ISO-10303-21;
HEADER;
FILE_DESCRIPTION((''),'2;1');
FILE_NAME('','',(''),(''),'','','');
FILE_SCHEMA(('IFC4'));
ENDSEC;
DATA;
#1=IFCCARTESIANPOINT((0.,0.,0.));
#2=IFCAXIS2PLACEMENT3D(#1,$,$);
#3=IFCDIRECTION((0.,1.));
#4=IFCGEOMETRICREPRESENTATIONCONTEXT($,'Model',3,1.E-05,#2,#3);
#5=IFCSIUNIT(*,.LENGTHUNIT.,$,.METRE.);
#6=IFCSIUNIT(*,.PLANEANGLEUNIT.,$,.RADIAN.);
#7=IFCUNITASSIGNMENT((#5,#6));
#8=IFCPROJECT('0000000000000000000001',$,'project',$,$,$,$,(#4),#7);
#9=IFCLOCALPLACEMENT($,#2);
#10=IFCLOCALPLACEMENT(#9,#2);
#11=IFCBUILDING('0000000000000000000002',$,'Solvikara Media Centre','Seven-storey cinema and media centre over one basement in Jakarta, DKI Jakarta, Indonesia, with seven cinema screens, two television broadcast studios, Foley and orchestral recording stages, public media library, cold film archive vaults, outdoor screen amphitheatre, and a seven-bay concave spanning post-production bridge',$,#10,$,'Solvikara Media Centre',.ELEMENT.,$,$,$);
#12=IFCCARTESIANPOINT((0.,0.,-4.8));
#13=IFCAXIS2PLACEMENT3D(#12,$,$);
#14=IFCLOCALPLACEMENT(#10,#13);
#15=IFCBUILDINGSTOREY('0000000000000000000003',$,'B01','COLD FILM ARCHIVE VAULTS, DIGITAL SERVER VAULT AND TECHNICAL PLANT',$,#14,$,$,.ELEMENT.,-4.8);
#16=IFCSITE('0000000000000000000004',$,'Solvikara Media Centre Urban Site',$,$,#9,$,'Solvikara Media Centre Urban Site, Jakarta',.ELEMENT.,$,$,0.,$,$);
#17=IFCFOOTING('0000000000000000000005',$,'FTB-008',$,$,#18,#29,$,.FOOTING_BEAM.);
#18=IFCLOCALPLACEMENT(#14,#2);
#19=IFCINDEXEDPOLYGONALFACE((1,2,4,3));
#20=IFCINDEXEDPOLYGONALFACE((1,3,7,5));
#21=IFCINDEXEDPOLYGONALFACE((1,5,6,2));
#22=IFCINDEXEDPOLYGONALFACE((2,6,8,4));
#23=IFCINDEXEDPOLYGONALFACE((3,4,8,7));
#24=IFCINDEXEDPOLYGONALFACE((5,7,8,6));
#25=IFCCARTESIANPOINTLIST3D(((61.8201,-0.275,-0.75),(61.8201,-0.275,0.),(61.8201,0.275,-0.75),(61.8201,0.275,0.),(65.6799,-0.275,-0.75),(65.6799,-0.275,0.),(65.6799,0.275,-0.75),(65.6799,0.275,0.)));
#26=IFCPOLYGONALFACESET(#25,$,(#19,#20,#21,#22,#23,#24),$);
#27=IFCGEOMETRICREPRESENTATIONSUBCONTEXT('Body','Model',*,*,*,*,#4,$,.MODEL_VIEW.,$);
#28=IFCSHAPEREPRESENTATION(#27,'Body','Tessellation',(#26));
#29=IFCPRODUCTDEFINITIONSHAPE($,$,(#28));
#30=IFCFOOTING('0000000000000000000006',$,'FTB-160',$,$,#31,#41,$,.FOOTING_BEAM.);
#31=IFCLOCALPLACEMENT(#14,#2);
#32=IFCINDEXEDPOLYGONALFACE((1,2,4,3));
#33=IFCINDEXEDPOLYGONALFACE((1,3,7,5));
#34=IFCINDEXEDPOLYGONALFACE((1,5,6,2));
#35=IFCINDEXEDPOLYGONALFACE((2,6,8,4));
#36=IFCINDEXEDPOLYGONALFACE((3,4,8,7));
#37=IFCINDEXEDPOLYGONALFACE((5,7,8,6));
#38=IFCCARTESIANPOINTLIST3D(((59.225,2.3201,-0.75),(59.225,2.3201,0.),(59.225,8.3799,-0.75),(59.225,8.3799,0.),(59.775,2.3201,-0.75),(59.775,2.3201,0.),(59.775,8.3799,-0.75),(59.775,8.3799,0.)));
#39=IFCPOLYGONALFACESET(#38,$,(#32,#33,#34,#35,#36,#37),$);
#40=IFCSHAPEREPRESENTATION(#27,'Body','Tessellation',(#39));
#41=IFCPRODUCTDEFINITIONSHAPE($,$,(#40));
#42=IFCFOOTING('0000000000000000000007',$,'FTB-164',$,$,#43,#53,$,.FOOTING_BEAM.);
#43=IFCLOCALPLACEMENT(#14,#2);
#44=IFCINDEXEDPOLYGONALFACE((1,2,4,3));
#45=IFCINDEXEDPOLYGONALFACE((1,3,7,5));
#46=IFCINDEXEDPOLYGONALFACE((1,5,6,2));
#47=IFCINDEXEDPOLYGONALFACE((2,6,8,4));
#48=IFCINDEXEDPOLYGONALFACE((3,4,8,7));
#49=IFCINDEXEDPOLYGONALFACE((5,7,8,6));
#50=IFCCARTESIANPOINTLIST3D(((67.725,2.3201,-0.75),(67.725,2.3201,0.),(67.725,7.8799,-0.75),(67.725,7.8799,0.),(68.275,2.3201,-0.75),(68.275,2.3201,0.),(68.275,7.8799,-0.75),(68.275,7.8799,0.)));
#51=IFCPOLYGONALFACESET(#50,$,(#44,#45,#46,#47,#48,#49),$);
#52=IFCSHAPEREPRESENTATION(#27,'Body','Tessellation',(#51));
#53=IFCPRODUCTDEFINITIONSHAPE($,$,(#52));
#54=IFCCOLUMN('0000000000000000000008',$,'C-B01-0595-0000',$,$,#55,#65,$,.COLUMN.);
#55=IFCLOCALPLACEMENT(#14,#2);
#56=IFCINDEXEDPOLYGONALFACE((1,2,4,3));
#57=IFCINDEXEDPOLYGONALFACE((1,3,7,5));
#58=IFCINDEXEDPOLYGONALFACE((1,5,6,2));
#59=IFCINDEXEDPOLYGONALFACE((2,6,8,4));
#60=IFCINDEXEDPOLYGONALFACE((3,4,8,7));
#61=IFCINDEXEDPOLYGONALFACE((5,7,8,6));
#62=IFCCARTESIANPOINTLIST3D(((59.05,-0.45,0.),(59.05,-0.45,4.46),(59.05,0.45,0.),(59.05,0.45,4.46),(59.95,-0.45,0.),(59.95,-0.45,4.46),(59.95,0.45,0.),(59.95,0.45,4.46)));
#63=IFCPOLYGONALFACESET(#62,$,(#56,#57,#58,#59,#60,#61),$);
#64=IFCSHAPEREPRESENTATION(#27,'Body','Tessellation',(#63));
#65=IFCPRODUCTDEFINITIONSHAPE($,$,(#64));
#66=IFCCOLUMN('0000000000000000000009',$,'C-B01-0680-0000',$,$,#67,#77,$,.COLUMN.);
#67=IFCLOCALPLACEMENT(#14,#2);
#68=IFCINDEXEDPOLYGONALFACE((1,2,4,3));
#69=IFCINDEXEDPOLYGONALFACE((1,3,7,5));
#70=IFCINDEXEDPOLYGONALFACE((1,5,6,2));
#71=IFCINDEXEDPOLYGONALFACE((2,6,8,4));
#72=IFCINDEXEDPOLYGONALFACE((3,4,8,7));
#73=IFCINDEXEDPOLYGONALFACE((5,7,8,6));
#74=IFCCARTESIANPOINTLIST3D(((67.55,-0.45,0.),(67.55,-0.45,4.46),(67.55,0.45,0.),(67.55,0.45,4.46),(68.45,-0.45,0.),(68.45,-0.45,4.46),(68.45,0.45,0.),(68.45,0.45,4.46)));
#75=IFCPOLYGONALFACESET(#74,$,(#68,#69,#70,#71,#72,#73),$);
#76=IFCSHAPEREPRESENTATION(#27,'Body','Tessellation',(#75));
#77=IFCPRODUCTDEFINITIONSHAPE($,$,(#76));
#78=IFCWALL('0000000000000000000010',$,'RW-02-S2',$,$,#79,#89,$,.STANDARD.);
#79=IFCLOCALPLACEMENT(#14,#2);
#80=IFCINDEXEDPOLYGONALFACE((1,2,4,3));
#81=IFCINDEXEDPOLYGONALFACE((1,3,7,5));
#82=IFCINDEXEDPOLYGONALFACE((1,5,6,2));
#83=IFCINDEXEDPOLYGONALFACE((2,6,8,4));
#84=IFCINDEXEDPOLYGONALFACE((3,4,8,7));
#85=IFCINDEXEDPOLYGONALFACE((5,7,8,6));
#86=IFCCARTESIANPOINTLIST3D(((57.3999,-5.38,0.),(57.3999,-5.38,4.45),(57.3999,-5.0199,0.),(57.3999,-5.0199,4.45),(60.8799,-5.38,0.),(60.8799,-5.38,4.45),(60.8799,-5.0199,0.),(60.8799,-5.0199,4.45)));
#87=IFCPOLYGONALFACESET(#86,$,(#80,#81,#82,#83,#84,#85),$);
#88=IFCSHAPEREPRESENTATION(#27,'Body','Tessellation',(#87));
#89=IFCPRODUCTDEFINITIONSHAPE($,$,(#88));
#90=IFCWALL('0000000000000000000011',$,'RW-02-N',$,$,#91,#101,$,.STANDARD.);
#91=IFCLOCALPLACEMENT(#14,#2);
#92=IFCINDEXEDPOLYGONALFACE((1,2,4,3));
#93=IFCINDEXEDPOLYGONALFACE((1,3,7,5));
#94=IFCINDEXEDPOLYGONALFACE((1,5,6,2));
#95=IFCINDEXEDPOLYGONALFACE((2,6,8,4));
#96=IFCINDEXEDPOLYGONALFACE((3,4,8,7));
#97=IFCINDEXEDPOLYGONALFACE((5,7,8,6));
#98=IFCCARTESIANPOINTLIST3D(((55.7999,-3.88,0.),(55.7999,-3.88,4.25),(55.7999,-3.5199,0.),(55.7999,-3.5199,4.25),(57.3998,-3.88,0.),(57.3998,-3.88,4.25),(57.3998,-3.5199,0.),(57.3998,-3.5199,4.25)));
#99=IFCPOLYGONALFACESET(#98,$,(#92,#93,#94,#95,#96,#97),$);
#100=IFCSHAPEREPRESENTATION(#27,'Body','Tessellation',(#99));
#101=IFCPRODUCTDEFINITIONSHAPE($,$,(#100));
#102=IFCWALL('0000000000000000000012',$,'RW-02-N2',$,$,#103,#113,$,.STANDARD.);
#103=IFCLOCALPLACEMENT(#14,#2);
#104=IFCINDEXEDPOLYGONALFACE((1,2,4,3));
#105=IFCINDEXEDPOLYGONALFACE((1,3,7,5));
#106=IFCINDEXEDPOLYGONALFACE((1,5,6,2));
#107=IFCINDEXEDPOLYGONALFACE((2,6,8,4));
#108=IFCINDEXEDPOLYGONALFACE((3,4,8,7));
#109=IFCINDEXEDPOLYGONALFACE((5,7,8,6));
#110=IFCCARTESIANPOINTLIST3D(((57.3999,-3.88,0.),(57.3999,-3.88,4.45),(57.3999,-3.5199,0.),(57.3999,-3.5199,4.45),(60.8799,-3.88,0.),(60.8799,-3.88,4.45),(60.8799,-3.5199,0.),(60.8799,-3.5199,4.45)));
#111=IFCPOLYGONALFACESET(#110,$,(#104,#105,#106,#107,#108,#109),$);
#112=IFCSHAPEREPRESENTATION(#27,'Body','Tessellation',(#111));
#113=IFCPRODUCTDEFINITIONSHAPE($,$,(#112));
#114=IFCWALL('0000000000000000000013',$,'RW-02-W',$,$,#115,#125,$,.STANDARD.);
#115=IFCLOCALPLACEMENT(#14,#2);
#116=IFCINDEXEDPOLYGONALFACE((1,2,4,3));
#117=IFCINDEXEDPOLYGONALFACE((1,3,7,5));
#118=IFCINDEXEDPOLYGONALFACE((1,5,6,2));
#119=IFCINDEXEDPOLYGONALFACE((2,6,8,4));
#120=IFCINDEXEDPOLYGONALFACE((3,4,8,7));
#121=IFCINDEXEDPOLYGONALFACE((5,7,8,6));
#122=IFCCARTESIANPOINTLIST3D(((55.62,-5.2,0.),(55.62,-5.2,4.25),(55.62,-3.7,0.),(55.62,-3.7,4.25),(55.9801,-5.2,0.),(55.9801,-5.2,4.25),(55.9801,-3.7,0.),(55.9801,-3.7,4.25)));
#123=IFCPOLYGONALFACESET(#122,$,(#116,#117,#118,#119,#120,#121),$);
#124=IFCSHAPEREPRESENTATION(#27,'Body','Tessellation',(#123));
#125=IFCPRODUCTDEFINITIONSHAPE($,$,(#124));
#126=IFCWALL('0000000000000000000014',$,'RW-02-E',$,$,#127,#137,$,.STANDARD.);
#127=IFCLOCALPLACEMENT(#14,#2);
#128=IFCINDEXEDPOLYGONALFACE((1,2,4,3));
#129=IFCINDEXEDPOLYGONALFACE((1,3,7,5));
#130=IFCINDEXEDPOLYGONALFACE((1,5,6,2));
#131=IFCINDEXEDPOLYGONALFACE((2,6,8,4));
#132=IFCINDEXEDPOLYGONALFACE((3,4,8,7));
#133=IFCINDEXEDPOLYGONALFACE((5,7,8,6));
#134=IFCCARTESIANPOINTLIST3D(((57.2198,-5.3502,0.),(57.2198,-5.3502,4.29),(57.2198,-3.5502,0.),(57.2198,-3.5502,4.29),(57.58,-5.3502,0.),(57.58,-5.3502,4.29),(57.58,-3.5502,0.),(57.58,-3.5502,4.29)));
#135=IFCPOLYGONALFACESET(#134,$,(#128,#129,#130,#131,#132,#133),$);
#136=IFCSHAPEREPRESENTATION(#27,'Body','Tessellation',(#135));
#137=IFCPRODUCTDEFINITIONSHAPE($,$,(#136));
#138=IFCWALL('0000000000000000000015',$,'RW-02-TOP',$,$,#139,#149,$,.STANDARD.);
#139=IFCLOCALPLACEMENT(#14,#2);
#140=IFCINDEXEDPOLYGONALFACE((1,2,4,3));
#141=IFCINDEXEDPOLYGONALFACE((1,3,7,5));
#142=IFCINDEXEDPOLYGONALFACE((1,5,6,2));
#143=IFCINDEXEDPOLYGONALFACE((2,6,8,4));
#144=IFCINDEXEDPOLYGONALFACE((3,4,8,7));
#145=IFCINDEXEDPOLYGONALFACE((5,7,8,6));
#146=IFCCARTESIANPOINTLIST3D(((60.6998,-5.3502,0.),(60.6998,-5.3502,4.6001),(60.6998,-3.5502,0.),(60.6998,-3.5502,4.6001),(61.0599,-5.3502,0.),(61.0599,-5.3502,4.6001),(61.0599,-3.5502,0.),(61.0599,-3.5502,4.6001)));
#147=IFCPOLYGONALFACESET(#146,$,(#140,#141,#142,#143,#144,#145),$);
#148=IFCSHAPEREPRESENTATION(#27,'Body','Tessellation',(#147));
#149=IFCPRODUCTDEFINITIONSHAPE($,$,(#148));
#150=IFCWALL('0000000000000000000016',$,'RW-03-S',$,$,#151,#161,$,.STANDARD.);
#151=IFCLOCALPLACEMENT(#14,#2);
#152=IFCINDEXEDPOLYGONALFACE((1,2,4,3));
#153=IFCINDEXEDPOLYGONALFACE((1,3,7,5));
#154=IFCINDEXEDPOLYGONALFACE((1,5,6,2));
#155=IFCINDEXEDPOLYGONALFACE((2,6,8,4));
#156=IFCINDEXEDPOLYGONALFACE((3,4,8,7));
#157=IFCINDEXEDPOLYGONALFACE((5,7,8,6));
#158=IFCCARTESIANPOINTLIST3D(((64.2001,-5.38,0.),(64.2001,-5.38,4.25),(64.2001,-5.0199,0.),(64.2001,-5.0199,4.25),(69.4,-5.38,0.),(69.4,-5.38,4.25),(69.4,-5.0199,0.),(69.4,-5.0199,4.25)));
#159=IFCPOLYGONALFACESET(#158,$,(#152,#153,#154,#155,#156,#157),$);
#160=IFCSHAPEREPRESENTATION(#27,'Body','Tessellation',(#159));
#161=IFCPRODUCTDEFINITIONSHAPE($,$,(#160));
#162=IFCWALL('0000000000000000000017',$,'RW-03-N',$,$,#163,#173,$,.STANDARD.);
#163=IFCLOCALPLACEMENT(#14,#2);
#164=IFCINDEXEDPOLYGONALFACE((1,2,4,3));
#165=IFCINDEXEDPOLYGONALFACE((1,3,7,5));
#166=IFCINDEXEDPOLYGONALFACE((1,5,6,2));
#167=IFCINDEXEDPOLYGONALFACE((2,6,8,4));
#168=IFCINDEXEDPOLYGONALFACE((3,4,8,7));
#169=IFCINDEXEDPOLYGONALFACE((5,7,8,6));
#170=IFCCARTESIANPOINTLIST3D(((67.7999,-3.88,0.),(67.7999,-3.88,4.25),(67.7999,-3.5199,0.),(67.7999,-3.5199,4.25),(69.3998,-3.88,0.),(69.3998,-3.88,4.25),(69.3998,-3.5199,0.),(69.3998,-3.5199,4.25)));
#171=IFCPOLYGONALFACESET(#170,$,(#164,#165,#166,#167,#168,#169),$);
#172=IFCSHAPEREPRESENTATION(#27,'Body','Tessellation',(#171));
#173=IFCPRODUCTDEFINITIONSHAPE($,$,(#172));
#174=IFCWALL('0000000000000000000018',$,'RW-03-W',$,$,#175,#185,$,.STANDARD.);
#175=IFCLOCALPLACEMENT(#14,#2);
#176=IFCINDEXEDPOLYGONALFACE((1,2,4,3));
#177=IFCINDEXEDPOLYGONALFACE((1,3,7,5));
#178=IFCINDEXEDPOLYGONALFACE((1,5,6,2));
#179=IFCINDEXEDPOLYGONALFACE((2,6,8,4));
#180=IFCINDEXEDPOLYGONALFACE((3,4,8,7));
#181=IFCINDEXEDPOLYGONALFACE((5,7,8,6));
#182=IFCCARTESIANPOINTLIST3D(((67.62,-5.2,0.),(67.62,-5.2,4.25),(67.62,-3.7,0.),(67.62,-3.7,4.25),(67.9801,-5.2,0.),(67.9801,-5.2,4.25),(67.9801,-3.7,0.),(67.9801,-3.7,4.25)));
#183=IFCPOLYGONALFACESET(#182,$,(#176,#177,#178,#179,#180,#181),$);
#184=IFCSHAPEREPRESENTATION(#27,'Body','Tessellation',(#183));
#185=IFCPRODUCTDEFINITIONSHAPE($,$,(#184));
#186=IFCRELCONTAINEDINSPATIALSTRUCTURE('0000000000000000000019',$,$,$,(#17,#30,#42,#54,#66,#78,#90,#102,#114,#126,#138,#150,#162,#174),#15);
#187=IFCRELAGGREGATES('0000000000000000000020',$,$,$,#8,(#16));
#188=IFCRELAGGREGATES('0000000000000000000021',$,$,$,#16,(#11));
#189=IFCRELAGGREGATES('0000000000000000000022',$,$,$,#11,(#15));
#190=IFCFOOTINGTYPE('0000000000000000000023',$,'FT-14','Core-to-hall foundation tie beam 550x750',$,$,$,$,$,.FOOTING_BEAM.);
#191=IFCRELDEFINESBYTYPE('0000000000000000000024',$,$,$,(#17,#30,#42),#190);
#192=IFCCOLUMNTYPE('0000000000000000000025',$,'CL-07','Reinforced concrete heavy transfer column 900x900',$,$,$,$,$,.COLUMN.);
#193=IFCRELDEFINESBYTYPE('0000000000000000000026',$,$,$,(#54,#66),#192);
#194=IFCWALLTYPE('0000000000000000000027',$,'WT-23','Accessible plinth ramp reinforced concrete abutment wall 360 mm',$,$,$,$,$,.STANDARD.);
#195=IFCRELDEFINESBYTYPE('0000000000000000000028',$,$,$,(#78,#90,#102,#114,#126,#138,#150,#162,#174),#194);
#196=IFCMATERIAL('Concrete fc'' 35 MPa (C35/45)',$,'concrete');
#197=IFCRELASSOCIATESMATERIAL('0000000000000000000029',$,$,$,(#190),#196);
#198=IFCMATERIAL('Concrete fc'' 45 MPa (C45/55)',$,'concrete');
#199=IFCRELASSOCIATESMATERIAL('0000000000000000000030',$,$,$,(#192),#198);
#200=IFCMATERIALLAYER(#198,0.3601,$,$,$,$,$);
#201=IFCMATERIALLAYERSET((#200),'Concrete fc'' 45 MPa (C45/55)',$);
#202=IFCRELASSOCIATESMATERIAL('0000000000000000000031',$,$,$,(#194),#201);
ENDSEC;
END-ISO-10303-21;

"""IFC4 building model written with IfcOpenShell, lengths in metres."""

from ifc_helpers import new_model, si_unit, direction, frame, frame_2d, origin, origin_2d, place, context, subcontext, project, spatial, rectangle, extrude, material, layer, layer_set, material_profile, profile_set, type_object, element, save


model = new_model("IFC4")

# Units and contexts
model_context = context("Model", 3, precision=1e-05, world=origin(), true_north=direction((0.0, 1.0)))
body_context = subcontext(model_context, "Body", "Model", "MODEL_VIEW")
ifc_project = project(units=[si_unit("LENGTHUNIT", "METRE"), si_unit("PLANEANGLEUNIT", "RADIAN")], contexts=[model_context])

# Site, building, storey
site_placement = place(None, origin())
site = spatial("IfcSite", under=ifc_project, at=site_placement, Name="Solvikara Media Centre Urban Site", LongName="Solvikara Media Centre Urban Site, Jakarta", CompositionType="ELEMENT", RefElevation=0.0)
building_placement = place(site_placement, origin())
building = spatial("IfcBuilding", under=site, at=building_placement, Name="Solvikara Media Centre", Description="Seven-storey cinema and media centre over one basement in Jakarta, DKI Jakarta, Indonesia, with seven cinema screens, two television broadcast studios, Foley and orchestral recording stages, public media library, cold film archive vaults, outdoor screen amphitheatre, and a seven-bay concave spanning post-production bridge", LongName="Solvikara Media Centre", CompositionType="ELEMENT")
storey_placement = place(building_placement, frame((0.0, 0.0, -4.8)))
storey = spatial("IfcBuildingStorey", under=building, at=storey_placement, Name="B01", Description="COLD FILM ARCHIVE VAULTS, DIGITAL SERVER VAULT AND TECHNICAL PLANT", CompositionType="ELEMENT", Elevation=-4.8)

# Shared definitions
ifc_material_1 = material(Name="Concrete fc' 35 MPa (C35/45)", Category="concrete")

# Footings
ifc_material_profile_1 = material_profile(ifc_material_1, rectangle(XDim=0.55, YDim=0.75, at=origin_2d()), Name="RC 550x750")
ifc_profile_set_1 = profile_set([ifc_material_profile_1], Name="Concrete fc' 35 MPa (C35/45)")
footing_type_1 = type_object("IfcFootingType", Name="FT-14", Description="Core-to-hall foundation tie beam 550x750", PredefinedType="FOOTING_BEAM", material=ifc_profile_set_1)
footing_1_placement = place(storey_placement, frame((61.8201, 0.0, -0.375), z_axis=(1.0, 0.0, 0.0), x_axis=(0.0, 1.0, 0.0)))
element("IfcFooting", 1, at=footing_1_placement, inside=storey, type_object=footing_type_1, Name="FTB-008", PredefinedType="FOOTING_BEAM", context=body_context, shape_type="SweptSolid", body=[
    extrude(rectangle(XDim=0.55, YDim=0.75, at=origin_2d()), origin(), (0.0, 0.0, 1.0), 3.8599),
])
footing_2_placement = place(storey_placement, frame((59.5, 2.3201, -0.375), z_axis=(0.0, 1.0, 0.0), x_axis=(-1.0, 0.0, 0.0)))
element("IfcFooting", 2, at=footing_2_placement, inside=storey, type_object=footing_type_1, Name="FTB-160", PredefinedType="FOOTING_BEAM", context=body_context, shape_type="SweptSolid", body=[
    extrude(rectangle(XDim=0.55, YDim=0.75, at=origin_2d()), origin(), (0.0, 0.0, 1.0), 6.0598),
])
footing_3_placement = place(storey_placement, frame((68.0, 2.3201, -0.375), z_axis=(0.0, 1.0, 0.0), x_axis=(-1.0, 0.0, 0.0)))
element("IfcFooting", 3, at=footing_3_placement, inside=storey, type_object=footing_type_1, Name="FTB-164", PredefinedType="FOOTING_BEAM", context=body_context, shape_type="SweptSolid", body=[
    extrude(rectangle(XDim=0.55, YDim=0.75, at=origin_2d()), origin(), (0.0, 0.0, 1.0), 5.5598),
])

# Columns
ifc_material_2 = material(Name="Concrete fc' 45 MPa (C45/55)", Category="concrete")
ifc_material_profile_2 = material_profile(ifc_material_2, rectangle(XDim=0.8999, YDim=0.8999, at=origin_2d()), Name="RC 900x900")
ifc_profile_set_2 = profile_set([ifc_material_profile_2], Name="Concrete fc' 45 MPa (C45/55)")
column_type = type_object("IfcColumnType", Name="CL-07", Description="Reinforced concrete heavy transfer column 900x900", PredefinedType="COLUMN", material=ifc_profile_set_2)
for number, where, z_axis, x_axis, name in (
    (4, (59.5, 0.0, 0.0), (0.0, 0.0, 1.0), (1.0, 0.0, 0.0), "C-B01-0595-0000"),
    (5, (68.0, 0.0, 0.0), (0.0, 0.0, 1.0), (1.0, 0.0, 0.0), "C-B01-0680-0000"),
):
    element("IfcColumn", number, at=place(storey_placement, frame(where, z_axis=z_axis, x_axis=x_axis)), inside=storey, type_object=column_type, Name=name, PredefinedType="COLUMN", context=body_context, shape_type="SweptSolid", body=[
        extrude(rectangle(XDim=0.8999, YDim=0.8999, at=origin_2d()), origin(), (0.0, 0.0, 1.0), 4.46),
    ])

# Walls
ifc_layer = layer(ifc_material_2, 0.3601)
ifc_layer_set = layer_set([ifc_layer], Name="Concrete fc' 45 MPa (C45/55)")
wall_type = type_object("IfcWallType", Name="WT-23", Description="Accessible plinth ramp reinforced concrete abutment wall 360 mm", PredefinedType="STANDARD", material=ifc_layer_set)
wall_1_placement = place(storey_placement, frame((57.3999, -5.2, 0.0), z_axis=(0.0, 0.0, 1.0), x_axis=(1.0, 0.0, 0.0)))
element("IfcWall", 6, at=wall_1_placement, inside=storey, type_object=wall_type, Name="RW-02-S2", PredefinedType="STANDARD", context=body_context, shape_type="SweptSolid", body=[
    extrude(rectangle(XDim=3.48, YDim=0.3601, at=frame_2d((1.74, 0.0))), origin(), (0.0, 0.0, 1.0), 4.45),
])
wall_2_placement = place(storey_placement, frame((55.8, -3.7, 0.0), z_axis=(0.0, 0.0, 1.0), x_axis=(1.0, 0.0, 0.0)))
element("IfcWall", 7, at=wall_2_placement, inside=storey, type_object=wall_type, Name="RW-02-N", PredefinedType="STANDARD", context=body_context, shape_type="SweptSolid", body=[
    extrude(rectangle(XDim=1.5999, YDim=0.3601, at=frame_2d((0.7998, 0.0))), origin(), (0.0, 0.0, 1.0), 4.25),
])
wall_3_placement = place(storey_placement, frame((57.3999, -3.7, 0.0), z_axis=(0.0, 0.0, 1.0), x_axis=(1.0, 0.0, 0.0)))
element("IfcWall", 8, at=wall_3_placement, inside=storey, type_object=wall_type, Name="RW-02-N2", PredefinedType="STANDARD", context=body_context, shape_type="SweptSolid", body=[
    extrude(rectangle(XDim=3.48, YDim=0.3601, at=frame_2d((1.74, 0.0))), origin(), (0.0, 0.0, 1.0), 4.45),
])
wall_4_placement = place(storey_placement, frame((55.8, -5.2, 0.0), z_axis=(0.0, 0.0, 1.0), x_axis=(0.0, 1.0, 0.0)))
element("IfcWall", 9, at=wall_4_placement, inside=storey, type_object=wall_type, Name="RW-02-W", PredefinedType="STANDARD", context=body_context, shape_type="SweptSolid", body=[
    extrude(rectangle(XDim=1.5, YDim=0.3601, at=frame_2d((0.75, 0.0))), origin(), (0.0, 0.0, 1.0), 4.25),
])
wall_5_placement = place(storey_placement, frame((57.3999, -5.3501, 0.0), z_axis=(0.0, 0.0, 1.0), x_axis=(0.0, 1.0, 0.0)))
element("IfcWall", 10, at=wall_5_placement, inside=storey, type_object=wall_type, Name="RW-02-E", PredefinedType="STANDARD", context=body_context, shape_type="SweptSolid", body=[
    extrude(rectangle(XDim=1.8, YDim=0.3601, at=frame_2d((0.8999, 0.0))), origin(), (0.0, 0.0, 1.0), 4.29),
])
wall_6_placement = place(storey_placement, frame((60.8799, -5.3501, 0.0), z_axis=(0.0, 0.0, 1.0), x_axis=(0.0, 1.0, 0.0)))
element("IfcWall", 11, at=wall_6_placement, inside=storey, type_object=wall_type, Name="RW-02-TOP", PredefinedType="STANDARD", context=body_context, shape_type="SweptSolid", body=[
    extrude(rectangle(XDim=1.8, YDim=0.3601, at=frame_2d((0.8999, 0.0))), origin(), (0.0, 0.0, 1.0), 4.6001),
])
wall_7_placement = place(storey_placement, frame((64.2, -5.2, 0.0), z_axis=(0.0, 0.0, 1.0), x_axis=(1.0, 0.0, 0.0)))
element("IfcWall", 12, at=wall_7_placement, inside=storey, type_object=wall_type, Name="RW-03-S", PredefinedType="STANDARD", context=body_context, shape_type="SweptSolid", body=[
    extrude(rectangle(XDim=5.2, YDim=0.3601, at=frame_2d((2.6001, 0.0))), origin(), (0.0, 0.0, 1.0), 4.25),
])
wall_8_placement = place(storey_placement, frame((67.8, -3.7, 0.0), z_axis=(0.0, 0.0, 1.0), x_axis=(1.0, 0.0, 0.0)))
element("IfcWall", 13, at=wall_8_placement, inside=storey, type_object=wall_type, Name="RW-03-N", PredefinedType="STANDARD", context=body_context, shape_type="SweptSolid", body=[
    extrude(rectangle(XDim=1.5999, YDim=0.3601, at=frame_2d((0.7998, 0.0))), origin(), (0.0, 0.0, 1.0), 4.25),
])
wall_9_placement = place(storey_placement, frame((67.8, -5.2, 0.0), z_axis=(0.0, 0.0, 1.0), x_axis=(0.0, 1.0, 0.0)))
element("IfcWall", 14, at=wall_9_placement, inside=storey, type_object=wall_type, Name="RW-03-W", PredefinedType="STANDARD", context=body_context, shape_type="SweptSolid", body=[
    extrude(rectangle(XDim=1.5, YDim=0.3601, at=frame_2d((0.75, 0.0))), origin(), (0.0, 0.0, 1.0), 4.25),
])

save(model, "model.ifc")
